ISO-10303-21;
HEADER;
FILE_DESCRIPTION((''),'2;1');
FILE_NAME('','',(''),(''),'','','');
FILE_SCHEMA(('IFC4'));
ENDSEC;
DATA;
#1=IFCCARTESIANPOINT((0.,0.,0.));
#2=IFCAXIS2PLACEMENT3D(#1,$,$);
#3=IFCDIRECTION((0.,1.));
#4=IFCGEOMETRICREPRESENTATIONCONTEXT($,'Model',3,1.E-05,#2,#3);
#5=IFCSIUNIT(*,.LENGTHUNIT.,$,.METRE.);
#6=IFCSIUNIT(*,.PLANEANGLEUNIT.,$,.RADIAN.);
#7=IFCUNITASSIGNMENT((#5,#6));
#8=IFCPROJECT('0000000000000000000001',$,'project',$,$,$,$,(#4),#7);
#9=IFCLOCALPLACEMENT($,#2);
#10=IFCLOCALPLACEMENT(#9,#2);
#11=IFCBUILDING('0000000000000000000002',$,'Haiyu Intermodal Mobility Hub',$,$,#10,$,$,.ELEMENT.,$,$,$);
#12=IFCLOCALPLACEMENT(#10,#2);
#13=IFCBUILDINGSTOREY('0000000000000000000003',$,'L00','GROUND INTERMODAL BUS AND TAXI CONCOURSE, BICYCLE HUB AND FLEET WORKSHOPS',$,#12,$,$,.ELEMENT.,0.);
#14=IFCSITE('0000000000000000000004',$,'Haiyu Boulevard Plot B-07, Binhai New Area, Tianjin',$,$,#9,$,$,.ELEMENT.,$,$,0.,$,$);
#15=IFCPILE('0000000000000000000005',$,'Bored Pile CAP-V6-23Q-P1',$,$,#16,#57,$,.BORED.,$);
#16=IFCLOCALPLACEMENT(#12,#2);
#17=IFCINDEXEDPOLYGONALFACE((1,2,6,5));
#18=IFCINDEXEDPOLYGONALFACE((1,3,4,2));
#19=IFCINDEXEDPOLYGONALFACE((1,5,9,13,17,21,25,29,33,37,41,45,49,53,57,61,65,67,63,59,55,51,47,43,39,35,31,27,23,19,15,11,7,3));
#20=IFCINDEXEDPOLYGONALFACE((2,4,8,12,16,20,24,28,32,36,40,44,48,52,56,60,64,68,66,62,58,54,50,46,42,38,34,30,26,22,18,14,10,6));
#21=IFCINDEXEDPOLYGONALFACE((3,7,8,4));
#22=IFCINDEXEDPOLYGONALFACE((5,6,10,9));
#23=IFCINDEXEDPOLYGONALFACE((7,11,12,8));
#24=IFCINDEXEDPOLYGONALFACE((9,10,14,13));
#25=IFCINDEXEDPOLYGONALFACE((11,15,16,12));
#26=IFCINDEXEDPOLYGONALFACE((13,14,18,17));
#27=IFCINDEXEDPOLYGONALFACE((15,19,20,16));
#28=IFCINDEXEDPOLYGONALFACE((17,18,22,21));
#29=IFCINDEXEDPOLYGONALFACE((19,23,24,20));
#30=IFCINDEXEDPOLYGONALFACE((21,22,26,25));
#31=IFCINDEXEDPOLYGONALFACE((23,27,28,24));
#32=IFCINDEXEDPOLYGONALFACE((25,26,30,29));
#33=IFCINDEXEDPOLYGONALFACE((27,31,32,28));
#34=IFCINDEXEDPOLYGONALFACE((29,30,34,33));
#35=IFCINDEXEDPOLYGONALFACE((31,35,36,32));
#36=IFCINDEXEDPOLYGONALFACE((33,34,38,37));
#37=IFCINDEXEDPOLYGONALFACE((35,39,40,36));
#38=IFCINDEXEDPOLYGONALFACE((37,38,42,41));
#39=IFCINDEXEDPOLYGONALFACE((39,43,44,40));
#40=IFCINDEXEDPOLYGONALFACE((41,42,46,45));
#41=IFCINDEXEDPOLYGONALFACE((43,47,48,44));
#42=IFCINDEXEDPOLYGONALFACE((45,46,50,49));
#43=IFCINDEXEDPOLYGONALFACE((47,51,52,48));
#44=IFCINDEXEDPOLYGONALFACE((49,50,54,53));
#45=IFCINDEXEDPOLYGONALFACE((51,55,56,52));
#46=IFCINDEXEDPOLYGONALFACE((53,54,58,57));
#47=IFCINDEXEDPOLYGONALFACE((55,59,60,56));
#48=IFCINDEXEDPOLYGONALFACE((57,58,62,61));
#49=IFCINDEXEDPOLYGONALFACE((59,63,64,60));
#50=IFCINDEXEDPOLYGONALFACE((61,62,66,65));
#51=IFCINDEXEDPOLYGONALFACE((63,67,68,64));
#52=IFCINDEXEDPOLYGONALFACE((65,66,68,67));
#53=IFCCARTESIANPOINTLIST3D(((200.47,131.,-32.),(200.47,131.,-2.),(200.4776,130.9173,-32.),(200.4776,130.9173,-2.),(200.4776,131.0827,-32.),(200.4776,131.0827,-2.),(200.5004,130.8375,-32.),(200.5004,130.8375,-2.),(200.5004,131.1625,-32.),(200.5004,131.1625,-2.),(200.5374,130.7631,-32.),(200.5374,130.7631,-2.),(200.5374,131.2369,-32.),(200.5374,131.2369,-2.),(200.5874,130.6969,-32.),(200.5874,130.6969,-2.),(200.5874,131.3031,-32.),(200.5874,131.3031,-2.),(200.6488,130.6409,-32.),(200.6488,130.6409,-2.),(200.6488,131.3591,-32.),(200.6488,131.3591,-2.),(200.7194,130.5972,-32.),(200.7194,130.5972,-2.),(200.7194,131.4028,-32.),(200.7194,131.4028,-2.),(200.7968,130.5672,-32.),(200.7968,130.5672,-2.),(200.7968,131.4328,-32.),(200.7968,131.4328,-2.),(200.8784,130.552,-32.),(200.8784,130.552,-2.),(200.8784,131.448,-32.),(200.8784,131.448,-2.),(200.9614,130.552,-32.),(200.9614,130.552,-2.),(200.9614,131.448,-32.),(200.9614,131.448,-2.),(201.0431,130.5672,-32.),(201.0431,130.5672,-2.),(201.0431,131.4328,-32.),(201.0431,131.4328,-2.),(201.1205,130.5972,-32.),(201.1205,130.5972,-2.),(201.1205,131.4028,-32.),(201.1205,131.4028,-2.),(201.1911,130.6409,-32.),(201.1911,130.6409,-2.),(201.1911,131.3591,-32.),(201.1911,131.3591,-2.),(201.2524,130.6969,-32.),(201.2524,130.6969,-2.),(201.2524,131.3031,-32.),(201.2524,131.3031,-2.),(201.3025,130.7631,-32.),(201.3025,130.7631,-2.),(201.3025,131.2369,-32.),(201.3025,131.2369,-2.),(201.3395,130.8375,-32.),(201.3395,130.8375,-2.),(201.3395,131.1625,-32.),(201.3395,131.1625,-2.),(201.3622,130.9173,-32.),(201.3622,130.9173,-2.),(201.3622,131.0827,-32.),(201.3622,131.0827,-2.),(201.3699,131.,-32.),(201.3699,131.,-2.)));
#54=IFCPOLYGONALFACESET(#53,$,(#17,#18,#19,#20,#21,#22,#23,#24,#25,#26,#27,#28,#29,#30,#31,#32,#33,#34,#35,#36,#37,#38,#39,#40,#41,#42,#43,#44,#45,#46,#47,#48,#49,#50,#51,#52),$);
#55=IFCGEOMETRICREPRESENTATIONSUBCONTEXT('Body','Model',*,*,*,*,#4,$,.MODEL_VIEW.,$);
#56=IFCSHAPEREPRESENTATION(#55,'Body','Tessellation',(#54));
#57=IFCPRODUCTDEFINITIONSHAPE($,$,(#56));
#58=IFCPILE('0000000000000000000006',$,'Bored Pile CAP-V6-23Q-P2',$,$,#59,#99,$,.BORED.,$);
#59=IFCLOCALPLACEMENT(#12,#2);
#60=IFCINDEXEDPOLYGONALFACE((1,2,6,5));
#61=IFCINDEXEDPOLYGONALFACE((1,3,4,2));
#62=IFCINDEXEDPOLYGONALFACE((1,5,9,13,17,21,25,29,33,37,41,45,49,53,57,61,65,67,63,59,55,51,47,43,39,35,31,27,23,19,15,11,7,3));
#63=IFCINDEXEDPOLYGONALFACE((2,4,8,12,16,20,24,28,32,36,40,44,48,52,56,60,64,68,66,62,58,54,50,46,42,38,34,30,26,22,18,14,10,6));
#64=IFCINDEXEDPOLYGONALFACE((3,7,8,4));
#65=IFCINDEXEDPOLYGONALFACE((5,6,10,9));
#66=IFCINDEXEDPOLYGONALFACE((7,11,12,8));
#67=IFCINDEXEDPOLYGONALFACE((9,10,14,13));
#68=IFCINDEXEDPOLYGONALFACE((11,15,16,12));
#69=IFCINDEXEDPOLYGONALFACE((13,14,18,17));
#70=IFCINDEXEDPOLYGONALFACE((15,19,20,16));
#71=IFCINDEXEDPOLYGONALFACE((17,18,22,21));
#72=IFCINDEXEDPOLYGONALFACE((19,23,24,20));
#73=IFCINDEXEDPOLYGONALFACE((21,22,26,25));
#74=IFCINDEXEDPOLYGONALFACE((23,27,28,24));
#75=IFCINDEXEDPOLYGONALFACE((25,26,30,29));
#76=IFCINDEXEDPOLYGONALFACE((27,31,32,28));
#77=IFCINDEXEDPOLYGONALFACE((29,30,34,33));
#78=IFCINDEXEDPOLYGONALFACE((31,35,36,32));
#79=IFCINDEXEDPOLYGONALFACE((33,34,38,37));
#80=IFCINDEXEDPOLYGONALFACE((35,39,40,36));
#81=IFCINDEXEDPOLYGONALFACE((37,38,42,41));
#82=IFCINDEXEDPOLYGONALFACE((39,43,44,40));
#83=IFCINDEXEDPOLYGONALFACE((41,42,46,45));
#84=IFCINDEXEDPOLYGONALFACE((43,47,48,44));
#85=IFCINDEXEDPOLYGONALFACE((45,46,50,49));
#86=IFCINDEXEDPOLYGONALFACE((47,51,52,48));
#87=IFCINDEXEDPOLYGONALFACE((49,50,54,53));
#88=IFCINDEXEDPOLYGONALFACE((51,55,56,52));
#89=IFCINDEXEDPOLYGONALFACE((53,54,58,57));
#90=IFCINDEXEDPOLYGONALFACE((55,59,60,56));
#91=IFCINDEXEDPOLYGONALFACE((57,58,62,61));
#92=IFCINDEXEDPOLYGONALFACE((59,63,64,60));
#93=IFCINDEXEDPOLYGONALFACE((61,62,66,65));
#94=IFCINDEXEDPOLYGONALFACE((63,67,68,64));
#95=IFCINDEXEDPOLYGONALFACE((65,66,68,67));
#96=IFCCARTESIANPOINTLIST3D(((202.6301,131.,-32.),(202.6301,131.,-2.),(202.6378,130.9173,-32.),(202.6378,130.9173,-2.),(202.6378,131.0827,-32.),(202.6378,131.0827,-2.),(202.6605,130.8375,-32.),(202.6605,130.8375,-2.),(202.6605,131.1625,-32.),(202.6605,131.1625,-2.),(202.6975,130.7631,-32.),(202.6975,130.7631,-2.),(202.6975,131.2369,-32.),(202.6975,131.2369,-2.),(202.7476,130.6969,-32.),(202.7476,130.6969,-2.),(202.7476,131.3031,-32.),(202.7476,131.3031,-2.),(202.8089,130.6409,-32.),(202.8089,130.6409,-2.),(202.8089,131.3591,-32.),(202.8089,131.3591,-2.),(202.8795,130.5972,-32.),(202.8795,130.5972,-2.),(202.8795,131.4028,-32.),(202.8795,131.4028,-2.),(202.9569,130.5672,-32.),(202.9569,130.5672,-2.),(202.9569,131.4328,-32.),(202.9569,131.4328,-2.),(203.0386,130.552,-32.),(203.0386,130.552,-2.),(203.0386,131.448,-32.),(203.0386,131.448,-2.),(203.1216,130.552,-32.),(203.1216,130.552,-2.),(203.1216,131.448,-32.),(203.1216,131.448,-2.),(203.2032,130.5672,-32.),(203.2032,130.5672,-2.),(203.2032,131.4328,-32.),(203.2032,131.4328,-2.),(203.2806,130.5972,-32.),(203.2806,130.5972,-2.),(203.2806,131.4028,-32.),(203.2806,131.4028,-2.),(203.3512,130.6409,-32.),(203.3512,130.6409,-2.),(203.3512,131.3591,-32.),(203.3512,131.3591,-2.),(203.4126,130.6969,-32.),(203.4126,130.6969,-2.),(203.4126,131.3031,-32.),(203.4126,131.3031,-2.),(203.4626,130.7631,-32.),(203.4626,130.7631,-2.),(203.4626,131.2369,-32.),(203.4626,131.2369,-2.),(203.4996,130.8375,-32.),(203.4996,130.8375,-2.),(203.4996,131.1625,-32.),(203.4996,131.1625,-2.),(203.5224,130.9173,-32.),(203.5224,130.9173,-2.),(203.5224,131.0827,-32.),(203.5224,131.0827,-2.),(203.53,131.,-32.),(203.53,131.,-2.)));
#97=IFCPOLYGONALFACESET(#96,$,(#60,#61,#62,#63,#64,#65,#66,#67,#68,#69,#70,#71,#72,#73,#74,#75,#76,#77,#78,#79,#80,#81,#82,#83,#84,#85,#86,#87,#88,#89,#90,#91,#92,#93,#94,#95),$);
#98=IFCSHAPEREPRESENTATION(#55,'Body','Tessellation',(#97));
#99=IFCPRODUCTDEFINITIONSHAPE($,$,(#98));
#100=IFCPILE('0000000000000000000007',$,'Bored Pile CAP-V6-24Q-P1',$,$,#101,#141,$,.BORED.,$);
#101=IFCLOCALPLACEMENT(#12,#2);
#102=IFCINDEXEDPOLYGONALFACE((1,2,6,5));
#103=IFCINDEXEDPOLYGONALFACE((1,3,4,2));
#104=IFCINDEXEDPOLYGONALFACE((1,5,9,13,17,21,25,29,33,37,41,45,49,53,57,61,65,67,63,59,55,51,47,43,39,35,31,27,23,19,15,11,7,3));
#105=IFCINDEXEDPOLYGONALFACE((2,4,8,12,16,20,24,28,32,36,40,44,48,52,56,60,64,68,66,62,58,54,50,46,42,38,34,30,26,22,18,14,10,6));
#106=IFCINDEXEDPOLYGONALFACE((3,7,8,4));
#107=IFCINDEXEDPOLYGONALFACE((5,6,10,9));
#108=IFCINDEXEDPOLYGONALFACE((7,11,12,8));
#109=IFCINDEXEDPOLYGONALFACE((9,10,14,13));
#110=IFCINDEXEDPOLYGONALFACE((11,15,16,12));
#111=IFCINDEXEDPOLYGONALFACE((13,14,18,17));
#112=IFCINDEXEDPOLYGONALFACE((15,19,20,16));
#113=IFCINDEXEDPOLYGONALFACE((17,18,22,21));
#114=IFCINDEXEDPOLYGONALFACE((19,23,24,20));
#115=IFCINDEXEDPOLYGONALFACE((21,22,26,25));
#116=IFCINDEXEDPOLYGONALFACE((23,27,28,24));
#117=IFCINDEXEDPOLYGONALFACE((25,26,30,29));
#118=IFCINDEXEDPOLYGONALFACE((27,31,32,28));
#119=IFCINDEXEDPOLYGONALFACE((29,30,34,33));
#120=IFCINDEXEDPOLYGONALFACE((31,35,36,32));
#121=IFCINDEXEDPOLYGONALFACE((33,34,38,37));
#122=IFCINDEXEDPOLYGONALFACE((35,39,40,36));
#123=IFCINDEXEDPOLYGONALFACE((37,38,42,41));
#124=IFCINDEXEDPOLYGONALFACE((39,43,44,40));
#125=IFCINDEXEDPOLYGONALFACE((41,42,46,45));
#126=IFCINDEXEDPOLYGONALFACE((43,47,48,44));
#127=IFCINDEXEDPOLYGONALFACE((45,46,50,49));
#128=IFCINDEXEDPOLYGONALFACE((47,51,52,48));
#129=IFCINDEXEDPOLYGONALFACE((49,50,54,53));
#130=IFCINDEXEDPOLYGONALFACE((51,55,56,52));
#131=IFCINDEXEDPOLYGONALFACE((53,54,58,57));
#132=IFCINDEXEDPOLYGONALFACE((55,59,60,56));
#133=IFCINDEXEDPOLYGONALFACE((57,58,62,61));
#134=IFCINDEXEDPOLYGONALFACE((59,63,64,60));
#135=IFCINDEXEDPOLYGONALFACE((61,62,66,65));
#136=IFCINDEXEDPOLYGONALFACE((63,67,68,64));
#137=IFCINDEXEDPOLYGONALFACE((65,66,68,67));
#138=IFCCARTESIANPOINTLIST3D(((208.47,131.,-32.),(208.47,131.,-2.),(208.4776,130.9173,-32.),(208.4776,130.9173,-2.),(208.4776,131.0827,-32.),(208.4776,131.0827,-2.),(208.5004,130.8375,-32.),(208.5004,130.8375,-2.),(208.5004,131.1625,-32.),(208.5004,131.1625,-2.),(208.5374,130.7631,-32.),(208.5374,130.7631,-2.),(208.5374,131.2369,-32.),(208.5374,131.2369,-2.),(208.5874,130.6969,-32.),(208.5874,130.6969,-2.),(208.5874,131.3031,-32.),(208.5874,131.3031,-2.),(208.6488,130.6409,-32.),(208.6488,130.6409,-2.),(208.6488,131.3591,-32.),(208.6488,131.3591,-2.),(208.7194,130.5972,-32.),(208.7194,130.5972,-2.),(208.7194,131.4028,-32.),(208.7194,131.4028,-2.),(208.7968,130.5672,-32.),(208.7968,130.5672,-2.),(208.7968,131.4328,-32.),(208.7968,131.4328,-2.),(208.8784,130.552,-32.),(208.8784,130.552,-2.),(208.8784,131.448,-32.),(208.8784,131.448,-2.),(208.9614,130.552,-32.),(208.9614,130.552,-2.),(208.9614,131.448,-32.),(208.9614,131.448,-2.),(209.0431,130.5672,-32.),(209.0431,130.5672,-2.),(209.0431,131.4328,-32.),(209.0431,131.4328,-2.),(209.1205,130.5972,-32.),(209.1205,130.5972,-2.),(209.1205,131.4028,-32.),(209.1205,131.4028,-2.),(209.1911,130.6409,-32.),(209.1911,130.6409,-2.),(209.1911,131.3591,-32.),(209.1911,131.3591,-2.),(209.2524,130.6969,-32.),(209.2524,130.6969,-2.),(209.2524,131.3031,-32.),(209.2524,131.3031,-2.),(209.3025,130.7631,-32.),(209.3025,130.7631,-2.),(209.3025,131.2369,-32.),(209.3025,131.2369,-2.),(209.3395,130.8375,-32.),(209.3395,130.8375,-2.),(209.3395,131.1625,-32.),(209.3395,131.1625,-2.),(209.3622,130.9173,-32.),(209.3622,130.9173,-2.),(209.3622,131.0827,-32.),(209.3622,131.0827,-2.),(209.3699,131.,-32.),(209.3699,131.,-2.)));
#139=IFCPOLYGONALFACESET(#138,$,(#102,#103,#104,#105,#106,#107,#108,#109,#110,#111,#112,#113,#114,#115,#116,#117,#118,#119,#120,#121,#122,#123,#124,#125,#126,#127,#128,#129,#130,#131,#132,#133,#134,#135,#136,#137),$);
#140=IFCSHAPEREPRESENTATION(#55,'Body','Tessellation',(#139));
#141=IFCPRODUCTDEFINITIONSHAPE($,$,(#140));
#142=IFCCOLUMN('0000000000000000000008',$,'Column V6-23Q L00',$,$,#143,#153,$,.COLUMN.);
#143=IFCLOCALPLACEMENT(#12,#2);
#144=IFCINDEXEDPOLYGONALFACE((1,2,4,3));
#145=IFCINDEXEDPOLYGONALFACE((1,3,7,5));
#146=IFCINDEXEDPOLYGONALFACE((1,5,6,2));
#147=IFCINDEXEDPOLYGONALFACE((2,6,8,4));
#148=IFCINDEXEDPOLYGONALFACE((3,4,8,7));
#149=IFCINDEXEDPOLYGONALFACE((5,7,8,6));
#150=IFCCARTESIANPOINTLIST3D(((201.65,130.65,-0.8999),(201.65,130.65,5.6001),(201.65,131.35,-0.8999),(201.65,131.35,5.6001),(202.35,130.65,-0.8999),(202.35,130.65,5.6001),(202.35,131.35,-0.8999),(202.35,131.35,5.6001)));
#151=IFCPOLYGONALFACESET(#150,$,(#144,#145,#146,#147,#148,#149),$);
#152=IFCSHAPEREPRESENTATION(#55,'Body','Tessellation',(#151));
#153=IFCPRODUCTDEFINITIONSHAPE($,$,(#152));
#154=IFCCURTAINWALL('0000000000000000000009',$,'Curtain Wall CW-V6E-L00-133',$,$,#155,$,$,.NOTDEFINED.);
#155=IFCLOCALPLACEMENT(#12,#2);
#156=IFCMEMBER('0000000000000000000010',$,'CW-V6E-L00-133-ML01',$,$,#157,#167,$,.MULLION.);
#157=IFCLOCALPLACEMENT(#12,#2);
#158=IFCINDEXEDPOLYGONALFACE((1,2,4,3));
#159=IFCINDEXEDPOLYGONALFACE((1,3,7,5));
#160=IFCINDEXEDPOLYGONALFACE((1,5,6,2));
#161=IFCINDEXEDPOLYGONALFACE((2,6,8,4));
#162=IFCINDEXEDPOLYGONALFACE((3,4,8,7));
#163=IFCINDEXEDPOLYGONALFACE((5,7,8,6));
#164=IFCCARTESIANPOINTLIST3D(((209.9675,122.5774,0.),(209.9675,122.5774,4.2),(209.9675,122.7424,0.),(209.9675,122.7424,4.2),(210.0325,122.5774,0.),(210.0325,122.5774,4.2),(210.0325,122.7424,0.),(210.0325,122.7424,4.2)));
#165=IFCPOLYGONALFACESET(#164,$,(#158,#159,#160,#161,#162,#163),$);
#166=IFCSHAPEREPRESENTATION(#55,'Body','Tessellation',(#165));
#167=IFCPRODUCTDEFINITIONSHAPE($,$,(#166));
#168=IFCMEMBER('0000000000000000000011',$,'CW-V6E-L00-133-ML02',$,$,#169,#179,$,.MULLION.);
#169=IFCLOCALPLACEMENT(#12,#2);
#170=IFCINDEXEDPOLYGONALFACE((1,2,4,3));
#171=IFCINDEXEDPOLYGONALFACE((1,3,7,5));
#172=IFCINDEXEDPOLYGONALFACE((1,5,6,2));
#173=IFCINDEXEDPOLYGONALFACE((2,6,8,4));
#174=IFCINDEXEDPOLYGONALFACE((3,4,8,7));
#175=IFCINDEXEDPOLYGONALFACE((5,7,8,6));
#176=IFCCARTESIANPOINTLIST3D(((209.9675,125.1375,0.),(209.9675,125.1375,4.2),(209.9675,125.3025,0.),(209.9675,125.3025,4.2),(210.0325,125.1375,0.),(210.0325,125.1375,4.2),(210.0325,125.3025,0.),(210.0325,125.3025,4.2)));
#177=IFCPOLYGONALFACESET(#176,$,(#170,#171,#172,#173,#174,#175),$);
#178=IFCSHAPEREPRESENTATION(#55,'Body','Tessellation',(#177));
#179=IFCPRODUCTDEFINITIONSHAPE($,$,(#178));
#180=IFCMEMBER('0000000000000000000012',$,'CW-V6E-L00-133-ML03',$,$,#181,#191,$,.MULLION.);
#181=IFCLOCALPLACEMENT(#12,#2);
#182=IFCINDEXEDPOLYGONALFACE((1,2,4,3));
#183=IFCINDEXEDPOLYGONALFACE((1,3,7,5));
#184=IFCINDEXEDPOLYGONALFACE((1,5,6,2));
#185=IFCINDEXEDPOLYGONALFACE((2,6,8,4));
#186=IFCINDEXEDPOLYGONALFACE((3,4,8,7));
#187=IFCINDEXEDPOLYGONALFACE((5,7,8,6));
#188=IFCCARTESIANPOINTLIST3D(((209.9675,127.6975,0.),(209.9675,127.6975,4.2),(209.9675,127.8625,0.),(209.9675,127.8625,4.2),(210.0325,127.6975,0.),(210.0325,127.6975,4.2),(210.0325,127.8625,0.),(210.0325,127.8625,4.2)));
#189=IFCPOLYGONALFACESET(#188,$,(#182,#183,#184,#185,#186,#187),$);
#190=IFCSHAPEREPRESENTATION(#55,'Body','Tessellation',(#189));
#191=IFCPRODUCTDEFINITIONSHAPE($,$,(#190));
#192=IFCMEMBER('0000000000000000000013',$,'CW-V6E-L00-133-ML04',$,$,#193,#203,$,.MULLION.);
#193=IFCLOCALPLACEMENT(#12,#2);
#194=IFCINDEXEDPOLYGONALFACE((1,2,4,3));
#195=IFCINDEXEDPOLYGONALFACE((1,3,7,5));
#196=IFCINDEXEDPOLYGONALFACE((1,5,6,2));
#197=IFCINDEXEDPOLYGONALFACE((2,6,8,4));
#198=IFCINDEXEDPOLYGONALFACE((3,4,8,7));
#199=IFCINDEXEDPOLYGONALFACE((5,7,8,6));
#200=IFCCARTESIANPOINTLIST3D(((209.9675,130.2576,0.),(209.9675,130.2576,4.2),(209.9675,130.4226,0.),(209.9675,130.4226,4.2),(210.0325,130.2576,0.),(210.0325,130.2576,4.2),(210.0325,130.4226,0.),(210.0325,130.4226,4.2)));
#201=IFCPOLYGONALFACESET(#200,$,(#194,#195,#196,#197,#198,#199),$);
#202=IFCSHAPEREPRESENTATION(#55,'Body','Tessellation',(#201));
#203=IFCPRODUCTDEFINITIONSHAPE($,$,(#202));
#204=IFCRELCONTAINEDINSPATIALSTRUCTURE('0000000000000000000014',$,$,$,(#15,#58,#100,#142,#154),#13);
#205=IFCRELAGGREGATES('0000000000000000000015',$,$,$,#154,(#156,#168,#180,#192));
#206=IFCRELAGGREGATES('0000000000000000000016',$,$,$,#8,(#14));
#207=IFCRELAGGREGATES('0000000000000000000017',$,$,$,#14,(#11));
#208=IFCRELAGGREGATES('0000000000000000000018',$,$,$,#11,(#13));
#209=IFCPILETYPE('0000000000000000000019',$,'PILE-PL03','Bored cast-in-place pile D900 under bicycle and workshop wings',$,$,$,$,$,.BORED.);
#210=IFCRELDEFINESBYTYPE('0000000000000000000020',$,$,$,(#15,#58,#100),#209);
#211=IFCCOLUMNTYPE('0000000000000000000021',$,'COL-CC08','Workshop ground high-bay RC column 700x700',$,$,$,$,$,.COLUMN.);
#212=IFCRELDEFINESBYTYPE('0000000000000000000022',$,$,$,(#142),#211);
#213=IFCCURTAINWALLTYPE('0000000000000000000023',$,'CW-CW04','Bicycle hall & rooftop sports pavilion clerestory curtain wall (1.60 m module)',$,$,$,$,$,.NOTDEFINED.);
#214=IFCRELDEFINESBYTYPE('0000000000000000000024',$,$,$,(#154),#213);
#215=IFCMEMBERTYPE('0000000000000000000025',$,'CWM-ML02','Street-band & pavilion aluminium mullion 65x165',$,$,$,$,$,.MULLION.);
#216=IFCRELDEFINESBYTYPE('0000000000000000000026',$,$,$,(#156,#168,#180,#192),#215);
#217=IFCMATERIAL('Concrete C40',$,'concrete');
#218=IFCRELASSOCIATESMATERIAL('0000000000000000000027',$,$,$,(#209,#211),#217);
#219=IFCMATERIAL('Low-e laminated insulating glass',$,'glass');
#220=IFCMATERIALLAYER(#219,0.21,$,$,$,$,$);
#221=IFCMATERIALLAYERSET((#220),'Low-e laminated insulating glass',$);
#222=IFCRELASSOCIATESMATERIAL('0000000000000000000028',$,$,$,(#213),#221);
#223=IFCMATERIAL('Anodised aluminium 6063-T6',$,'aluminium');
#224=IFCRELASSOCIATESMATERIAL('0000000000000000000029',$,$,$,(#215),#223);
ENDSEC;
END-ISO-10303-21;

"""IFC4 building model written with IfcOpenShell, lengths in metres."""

from ifc_helpers import new_model, si_unit, direction, frame, origin, origin_2d, place, context, subcontext, project, spatial, rectangle, circle, extrude, material, layer, layer_set, material_profile, profile_set, type_object, element, aggregate, save


model = new_model("IFC4")

# Units and contexts
model_context = context("Model", 3, precision=1e-05, world=origin(), true_north=direction((0.0, 1.0)))
body_context = subcontext(model_context, "Body", "Model", "MODEL_VIEW")
ifc_project = project(units=[si_unit("LENGTHUNIT", "METRE"), si_unit("PLANEANGLEUNIT", "RADIAN")], contexts=[model_context])

# Site, building, storey
site_placement = place(None, origin())
site = spatial("IfcSite", under=ifc_project, at=site_placement, Name="Haiyu Boulevard Plot B-07, Binhai New Area, Tianjin", CompositionType="ELEMENT", RefElevation=0.0)
building_placement = place(site_placement, origin())
building = spatial("IfcBuilding", under=site, at=building_placement, Name="Haiyu Intermodal Mobility Hub", CompositionType="ELEMENT")
storey_placement = place(building_placement, origin())
storey = spatial("IfcBuildingStorey", under=building, at=storey_placement, Name="L00", Description="GROUND INTERMODAL BUS AND TAXI CONCOURSE, BICYCLE HUB AND FLEET WORKSHOPS", CompositionType="ELEMENT", Elevation=0.0)

# Shared definitions
ifc_material_1 = material(Name="Concrete C40", Category="concrete")

# Piles
ifc_material_profile_1 = material_profile(ifc_material_1, circle(Radius=0.45, at=origin_2d()), Name="PILE-D900")
ifc_profile_set_1 = profile_set([ifc_material_profile_1], Name="Concrete C40")
pile_type_1 = type_object("IfcPileType", Name="PILE-PL03", Description="Bored cast-in-place pile D900 under bicycle and workshop wings", PredefinedType="BORED", material=ifc_profile_set_1)
for number, where, z_axis, x_axis, name in (
    (1, (200.9199, 131.0, -2.0), (0.0, 0.0, -1.0), (1.0, 0.0, 0.0), "Bored Pile CAP-V6-23Q-P1"),
    (2, (203.0801, 131.0, -2.0), (0.0, 0.0, -1.0), (1.0, 0.0, 0.0), "Bored Pile CAP-V6-23Q-P2"),
    (3, (208.9199, 131.0, -2.0), (0.0, 0.0, -1.0), (1.0, 0.0, 0.0), "Bored Pile CAP-V6-24Q-P1"),
):
    element("IfcPile", number, at=place(storey_placement, frame(where, z_axis=z_axis, x_axis=x_axis)), inside=storey, type_object=pile_type_1, Name=name, PredefinedType="BORED", context=body_context, shape_type="SweptSolid", body=[
        extrude(circle(Radius=0.45, at=origin_2d()), origin(), (0.0, 0.0, 1.0), 30.0),
    ])

# Column
ifc_material_profile_2 = material_profile(ifc_material_1, rectangle(XDim=0.7, YDim=0.7, at=origin_2d()), Name="RC700x700")
ifc_profile_set_2 = profile_set([ifc_material_profile_2], Name="Concrete C40")
column_type = type_object("IfcColumnType", Name="COL-CC08", Description="Workshop ground high-bay RC column 700x700", PredefinedType="COLUMN", material=ifc_profile_set_2)
column_placement = place(storey_placement, frame((202.0, 131.0, -0.8999), z_axis=(0.0, 0.0, 1.0), x_axis=(1.0, 0.0, 0.0)))
element("IfcColumn", 4, at=column_placement, inside=storey, type_object=column_type, Name="Column V6-23Q L00", PredefinedType="COLUMN", context=body_context, shape_type="SweptSolid", body=[
    extrude(rectangle(XDim=0.7, YDim=0.7, at=origin_2d()), origin(), (0.0, 0.0, 1.0), 6.5),
])

# Curtain wall, members
ifc_material_2 = material(Name="Low-e laminated insulating glass", Category="glass")
ifc_layer_1 = layer(ifc_material_2, 0.21)
ifc_layer_set_1 = layer_set([ifc_layer_1], Name="Low-e laminated insulating glass")
curtain_wall_type = type_object("IfcCurtainWallType", Name="CW-CW04", Description="Bicycle hall & rooftop sports pavilion clerestory curtain wall (1.60 m module)", PredefinedType="NOTDEFINED", material=ifc_layer_set_1)
curtain_wall_placement = place(storey_placement, origin())
curtain_wall = element("IfcCurtainWall", 5, at=curtain_wall_placement, inside=storey, type_object=curtain_wall_type, Name="Curtain Wall CW-V6E-L00-133", PredefinedType="NOTDEFINED")
ifc_material_3 = material(Name="Anodised aluminium 6063-T6", Category="aluminium")
ifc_material_profile_3 = material_profile(ifc_material_3, rectangle(XDim=0.0649, YDim=0.165, at=origin_2d()), Name="ALU65x165")
ifc_profile_set_3 = profile_set([ifc_material_profile_3], Name="Anodised aluminium 6063-T6")
member_type_1 = type_object("IfcMemberType", Name="CWM-ML02", Description="Street-band & pavilion aluminium mullion 65x165", PredefinedType="MULLION", material=ifc_profile_set_3)
member_1_placement = place(storey_placement, frame((210.0, 122.6599, 0.0), z_axis=(0.0, 0.0, 1.0), x_axis=(1.0, 0.0, 0.0)))
member_1 = element("IfcMember", 6, at=member_1_placement, type_object=member_type_1, Name="CW-V6E-L00-133-ML01", PredefinedType="MULLION", context=body_context, shape_type="SweptSolid", body=[
    extrude(rectangle(XDim=0.0649, YDim=0.165, at=origin_2d()), origin(), (0.0, 0.0, 1.0), 4.2),
])
member_2_placement = place(storey_placement, frame((210.0, 125.22, 0.0), z_axis=(0.0, 0.0, 1.0), x_axis=(1.0, 0.0, 0.0)))
member_2 = element("IfcMember", 7, at=member_2_placement, type_object=member_type_1, Name="CW-V6E-L00-133-ML02", PredefinedType="MULLION", context=body_context, shape_type="SweptSolid", body=[
    extrude(rectangle(XDim=0.0649, YDim=0.165, at=origin_2d()), origin(), (0.0, 0.0, 1.0), 4.2),
])
member_3_placement = place(storey_placement, frame((210.0, 127.78, 0.0), z_axis=(0.0, 0.0, 1.0), x_axis=(1.0, 0.0, 0.0)))
member_3 = element("IfcMember", 8, at=member_3_placement, type_object=member_type_1, Name="CW-V6E-L00-133-ML03", PredefinedType="MULLION", context=body_context, shape_type="SweptSolid", body=[
    extrude(rectangle(XDim=0.0649, YDim=0.165, at=origin_2d()), origin(), (0.0, 0.0, 1.0), 4.2),
])
member_4_placement = place(storey_placement, frame((210.0, 130.3401, 0.0), z_axis=(0.0, 0.0, 1.0), x_axis=(1.0, 0.0, 0.0)))
member_4 = element("IfcMember", 9, at=member_4_placement, type_object=member_type_1, Name="CW-V6E-L00-133-ML04", PredefinedType="MULLION", context=body_context, shape_type="SweptSolid", body=[
    extrude(rectangle(XDim=0.0649, YDim=0.165, at=origin_2d()), origin(), (0.0, 0.0, 1.0), 4.2),
])
aggregate(curtain_wall, [member_1, member_2, member_3, member_4])

save(model, "model.ifc")
